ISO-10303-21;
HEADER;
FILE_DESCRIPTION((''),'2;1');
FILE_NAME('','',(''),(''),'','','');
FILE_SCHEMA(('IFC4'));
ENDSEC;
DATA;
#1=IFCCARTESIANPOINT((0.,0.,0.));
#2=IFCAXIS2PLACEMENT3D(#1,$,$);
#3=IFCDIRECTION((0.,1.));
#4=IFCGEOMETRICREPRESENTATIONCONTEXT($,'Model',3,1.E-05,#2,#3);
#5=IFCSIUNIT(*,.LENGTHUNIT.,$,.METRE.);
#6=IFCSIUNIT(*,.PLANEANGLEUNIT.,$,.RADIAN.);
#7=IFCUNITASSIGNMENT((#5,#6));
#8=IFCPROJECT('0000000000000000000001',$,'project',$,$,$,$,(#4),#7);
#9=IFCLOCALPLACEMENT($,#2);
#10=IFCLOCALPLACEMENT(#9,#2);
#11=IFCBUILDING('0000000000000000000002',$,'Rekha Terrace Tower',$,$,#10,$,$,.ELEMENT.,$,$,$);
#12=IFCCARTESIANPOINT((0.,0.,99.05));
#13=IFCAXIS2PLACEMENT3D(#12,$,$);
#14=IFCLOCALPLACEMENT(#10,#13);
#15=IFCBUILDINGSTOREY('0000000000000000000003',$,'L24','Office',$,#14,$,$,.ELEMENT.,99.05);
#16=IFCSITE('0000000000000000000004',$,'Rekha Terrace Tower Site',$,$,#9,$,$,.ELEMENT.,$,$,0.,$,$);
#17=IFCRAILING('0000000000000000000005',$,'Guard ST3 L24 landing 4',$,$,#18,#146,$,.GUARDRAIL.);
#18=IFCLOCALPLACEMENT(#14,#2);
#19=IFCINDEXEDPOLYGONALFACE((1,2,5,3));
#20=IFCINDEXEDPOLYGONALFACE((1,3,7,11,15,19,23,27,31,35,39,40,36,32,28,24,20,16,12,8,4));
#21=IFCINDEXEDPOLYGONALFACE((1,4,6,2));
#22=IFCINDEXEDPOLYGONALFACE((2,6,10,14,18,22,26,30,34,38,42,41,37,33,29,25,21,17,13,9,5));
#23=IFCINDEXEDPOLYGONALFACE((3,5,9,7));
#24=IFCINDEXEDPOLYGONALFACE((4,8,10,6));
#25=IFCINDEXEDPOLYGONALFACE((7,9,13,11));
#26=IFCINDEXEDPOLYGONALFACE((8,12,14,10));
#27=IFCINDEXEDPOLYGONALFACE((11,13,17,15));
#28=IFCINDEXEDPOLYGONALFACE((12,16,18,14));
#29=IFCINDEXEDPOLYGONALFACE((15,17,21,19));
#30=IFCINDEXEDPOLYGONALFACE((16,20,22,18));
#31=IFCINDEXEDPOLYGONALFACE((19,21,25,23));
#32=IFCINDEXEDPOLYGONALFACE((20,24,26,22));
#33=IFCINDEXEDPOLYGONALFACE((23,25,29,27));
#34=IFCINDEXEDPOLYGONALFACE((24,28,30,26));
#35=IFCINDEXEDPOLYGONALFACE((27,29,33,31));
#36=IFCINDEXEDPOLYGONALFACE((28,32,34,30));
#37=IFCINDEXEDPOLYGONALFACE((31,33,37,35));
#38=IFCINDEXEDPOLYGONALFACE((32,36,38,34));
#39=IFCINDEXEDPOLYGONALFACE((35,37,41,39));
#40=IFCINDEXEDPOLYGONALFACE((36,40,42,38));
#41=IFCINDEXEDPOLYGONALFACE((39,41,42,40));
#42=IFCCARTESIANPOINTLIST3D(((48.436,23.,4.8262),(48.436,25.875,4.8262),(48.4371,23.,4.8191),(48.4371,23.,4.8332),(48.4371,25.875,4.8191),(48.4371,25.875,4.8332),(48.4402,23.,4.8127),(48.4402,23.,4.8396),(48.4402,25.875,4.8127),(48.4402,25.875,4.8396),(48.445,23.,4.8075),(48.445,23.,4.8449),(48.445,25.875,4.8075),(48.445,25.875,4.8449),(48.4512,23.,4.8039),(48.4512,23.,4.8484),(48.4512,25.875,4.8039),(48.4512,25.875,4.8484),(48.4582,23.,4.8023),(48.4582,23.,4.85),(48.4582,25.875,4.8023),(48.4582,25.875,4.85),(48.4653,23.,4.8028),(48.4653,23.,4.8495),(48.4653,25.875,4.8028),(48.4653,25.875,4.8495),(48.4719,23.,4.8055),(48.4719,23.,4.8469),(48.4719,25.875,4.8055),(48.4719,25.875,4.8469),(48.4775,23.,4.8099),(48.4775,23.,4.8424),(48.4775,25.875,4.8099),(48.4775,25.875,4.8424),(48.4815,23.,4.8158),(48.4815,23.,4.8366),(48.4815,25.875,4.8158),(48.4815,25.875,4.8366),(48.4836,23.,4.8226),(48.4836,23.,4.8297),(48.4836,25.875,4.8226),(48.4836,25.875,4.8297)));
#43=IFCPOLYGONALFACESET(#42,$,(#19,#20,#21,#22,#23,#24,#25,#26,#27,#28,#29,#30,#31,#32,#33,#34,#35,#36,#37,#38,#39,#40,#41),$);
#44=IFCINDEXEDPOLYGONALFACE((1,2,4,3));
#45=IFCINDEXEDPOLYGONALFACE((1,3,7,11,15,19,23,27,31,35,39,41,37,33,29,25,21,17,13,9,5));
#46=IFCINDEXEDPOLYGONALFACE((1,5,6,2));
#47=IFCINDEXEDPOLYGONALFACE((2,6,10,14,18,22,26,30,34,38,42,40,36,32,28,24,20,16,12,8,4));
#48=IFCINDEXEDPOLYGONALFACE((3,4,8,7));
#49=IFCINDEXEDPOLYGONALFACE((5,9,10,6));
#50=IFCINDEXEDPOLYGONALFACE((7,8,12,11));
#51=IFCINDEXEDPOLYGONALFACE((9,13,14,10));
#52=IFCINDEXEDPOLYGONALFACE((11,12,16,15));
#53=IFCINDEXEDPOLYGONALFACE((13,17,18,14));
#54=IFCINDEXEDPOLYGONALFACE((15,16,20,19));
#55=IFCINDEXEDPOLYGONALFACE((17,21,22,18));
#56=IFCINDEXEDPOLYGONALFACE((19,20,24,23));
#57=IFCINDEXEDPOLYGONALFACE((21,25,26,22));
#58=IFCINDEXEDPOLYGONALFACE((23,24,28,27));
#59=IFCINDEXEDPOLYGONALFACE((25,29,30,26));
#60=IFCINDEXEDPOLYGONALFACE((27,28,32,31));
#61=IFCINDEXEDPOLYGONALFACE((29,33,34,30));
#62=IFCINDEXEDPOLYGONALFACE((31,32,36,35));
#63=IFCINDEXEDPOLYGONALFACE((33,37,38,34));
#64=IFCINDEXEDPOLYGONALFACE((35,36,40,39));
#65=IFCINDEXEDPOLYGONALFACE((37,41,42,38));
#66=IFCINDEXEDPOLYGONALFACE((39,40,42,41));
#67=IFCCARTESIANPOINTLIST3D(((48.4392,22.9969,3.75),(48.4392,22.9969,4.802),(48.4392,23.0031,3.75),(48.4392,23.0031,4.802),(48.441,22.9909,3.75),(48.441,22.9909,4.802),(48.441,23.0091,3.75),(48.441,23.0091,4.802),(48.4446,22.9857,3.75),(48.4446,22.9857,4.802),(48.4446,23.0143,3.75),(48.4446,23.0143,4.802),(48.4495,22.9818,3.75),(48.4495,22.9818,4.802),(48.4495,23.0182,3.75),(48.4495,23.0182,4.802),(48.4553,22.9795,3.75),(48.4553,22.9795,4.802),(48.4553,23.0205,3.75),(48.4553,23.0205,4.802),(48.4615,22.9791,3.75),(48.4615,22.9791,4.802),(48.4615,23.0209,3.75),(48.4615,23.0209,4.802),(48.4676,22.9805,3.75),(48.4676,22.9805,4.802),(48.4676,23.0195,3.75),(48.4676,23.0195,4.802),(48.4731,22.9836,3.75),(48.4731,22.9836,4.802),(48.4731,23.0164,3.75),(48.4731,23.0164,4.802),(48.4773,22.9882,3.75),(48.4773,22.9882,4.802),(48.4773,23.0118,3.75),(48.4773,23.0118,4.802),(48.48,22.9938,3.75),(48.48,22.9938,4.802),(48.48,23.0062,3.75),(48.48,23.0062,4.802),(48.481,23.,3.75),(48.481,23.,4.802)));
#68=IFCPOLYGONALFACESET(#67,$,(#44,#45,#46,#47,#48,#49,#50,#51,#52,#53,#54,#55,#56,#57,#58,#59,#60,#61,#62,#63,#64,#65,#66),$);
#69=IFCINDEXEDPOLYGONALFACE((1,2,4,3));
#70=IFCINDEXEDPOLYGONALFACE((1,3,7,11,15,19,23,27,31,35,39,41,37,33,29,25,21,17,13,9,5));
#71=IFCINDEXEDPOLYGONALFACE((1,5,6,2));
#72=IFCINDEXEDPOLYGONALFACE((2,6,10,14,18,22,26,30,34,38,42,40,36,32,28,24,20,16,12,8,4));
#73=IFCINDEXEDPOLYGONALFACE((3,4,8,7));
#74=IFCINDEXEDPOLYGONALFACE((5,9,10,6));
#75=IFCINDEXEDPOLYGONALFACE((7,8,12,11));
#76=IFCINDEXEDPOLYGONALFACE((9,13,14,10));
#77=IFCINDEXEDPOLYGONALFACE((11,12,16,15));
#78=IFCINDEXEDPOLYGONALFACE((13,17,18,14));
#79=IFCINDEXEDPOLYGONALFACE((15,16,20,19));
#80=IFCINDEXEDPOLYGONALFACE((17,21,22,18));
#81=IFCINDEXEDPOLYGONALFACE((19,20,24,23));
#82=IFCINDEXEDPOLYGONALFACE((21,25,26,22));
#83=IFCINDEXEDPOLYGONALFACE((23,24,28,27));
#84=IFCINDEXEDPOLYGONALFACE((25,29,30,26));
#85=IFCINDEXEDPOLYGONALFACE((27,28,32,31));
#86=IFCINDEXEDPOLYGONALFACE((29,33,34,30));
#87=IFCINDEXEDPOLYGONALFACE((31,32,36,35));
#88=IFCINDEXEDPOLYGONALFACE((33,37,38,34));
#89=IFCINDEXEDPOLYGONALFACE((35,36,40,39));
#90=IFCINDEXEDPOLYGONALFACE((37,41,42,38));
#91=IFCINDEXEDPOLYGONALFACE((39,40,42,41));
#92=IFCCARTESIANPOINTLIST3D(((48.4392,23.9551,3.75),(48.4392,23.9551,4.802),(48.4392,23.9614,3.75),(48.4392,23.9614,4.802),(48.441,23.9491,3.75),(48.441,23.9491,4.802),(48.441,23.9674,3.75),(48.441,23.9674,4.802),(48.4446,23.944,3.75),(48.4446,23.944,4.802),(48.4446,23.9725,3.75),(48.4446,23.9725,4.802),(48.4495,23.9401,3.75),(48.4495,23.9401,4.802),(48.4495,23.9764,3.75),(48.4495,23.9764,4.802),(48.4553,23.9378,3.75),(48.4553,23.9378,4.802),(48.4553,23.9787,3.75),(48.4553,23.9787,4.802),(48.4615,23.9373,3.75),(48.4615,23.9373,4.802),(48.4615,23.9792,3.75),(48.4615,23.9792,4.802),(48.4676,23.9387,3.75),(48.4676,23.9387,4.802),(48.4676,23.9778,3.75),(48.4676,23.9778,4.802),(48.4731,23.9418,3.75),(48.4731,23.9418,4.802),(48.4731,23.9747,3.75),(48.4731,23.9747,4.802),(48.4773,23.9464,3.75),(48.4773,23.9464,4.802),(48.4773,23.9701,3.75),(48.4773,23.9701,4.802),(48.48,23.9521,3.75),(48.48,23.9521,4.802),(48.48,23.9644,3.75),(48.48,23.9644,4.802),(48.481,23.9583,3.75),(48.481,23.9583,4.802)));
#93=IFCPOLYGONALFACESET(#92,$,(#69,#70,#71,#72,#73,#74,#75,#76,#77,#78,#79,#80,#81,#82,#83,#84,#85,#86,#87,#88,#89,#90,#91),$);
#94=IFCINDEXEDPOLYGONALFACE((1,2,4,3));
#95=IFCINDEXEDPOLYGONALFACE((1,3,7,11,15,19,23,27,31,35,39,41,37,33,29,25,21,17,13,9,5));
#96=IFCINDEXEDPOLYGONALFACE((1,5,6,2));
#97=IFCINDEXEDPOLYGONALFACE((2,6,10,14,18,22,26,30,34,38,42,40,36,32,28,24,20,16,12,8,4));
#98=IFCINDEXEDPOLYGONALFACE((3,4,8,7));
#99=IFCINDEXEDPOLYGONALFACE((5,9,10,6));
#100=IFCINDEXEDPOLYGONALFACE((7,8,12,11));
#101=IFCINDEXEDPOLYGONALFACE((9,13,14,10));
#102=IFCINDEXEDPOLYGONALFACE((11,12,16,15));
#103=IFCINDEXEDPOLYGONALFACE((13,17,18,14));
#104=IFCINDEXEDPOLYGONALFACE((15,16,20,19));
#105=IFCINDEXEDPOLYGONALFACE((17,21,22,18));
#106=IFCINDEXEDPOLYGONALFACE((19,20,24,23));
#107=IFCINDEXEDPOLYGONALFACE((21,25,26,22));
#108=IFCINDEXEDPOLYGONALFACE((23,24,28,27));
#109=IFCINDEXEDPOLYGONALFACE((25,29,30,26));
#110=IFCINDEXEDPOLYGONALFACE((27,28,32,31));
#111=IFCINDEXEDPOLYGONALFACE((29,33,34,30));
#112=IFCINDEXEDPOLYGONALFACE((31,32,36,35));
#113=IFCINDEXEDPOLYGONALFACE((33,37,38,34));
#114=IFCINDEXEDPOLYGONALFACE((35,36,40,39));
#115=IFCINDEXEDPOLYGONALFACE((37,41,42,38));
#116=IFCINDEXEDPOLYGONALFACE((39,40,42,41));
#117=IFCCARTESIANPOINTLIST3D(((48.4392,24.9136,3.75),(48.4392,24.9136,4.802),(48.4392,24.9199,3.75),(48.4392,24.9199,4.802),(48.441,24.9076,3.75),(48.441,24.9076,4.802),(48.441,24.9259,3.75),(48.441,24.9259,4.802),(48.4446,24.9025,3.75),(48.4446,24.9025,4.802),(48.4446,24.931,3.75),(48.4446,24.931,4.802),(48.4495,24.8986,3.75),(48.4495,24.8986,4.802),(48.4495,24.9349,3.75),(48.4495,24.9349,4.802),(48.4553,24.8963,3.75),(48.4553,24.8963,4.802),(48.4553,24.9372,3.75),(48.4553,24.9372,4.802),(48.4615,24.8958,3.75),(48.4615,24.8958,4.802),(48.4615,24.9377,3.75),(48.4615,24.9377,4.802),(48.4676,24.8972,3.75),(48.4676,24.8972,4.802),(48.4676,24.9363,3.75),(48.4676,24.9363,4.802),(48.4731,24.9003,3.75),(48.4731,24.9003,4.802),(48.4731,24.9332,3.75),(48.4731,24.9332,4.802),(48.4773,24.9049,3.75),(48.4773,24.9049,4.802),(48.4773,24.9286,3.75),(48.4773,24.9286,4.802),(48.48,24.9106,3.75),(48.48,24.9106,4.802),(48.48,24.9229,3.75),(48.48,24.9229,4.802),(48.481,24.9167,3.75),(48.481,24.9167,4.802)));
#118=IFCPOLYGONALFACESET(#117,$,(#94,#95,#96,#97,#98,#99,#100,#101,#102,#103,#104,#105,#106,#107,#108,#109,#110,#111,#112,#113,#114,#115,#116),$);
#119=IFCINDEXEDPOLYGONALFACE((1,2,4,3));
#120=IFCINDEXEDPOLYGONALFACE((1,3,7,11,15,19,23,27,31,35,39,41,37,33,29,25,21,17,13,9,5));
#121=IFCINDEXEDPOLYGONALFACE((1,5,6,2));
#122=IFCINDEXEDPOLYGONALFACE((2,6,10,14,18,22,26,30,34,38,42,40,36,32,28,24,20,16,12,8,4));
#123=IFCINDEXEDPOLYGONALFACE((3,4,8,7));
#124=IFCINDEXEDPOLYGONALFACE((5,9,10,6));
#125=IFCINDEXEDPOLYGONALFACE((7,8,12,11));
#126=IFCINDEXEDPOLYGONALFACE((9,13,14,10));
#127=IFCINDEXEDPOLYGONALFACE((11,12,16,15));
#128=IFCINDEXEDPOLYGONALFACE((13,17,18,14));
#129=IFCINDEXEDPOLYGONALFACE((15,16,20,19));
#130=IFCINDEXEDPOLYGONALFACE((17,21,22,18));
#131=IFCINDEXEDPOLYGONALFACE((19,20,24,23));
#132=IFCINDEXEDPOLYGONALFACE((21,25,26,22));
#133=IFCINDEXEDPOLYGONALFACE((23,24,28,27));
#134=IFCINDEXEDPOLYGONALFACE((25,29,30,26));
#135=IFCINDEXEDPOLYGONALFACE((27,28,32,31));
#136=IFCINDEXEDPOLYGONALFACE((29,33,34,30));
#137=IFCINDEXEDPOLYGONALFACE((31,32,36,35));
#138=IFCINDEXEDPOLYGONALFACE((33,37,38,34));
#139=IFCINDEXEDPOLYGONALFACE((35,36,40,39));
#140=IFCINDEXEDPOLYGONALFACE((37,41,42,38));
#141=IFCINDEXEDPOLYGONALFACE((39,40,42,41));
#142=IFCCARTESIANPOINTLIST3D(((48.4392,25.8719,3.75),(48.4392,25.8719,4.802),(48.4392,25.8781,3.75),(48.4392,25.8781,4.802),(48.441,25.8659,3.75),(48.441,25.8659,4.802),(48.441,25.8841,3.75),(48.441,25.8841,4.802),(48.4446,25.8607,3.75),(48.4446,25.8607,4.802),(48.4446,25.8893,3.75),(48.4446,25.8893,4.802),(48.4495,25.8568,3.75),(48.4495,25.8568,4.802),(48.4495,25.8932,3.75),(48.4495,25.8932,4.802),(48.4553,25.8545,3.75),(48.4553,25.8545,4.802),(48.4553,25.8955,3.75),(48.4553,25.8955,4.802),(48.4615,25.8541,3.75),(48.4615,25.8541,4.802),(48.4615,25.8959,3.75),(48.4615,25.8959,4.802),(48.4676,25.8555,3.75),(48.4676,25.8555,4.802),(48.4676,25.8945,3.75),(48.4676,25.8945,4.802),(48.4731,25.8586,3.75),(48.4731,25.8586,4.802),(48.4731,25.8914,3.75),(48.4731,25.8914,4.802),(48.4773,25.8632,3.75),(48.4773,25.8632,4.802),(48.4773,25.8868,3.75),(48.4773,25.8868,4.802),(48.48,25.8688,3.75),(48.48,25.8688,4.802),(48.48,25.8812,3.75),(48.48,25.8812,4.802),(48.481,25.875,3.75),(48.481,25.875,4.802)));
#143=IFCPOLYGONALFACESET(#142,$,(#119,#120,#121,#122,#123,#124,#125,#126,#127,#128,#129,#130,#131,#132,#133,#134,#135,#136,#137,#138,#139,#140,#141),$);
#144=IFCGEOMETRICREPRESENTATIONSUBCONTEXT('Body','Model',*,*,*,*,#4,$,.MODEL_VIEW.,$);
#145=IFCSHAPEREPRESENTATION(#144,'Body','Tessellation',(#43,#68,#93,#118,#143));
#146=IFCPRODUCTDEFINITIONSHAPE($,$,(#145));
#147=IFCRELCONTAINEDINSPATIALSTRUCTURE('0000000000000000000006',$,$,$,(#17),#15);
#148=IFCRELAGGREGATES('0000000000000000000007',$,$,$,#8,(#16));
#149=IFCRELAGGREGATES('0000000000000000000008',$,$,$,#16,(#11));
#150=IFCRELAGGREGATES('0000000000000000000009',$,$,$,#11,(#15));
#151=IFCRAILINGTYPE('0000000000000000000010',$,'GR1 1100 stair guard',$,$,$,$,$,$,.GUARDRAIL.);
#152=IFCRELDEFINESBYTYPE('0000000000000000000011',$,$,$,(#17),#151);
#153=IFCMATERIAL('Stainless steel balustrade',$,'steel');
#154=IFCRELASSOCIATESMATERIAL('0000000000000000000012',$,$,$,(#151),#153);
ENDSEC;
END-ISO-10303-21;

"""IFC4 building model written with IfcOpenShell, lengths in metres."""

from ifc_helpers import new_model, si_unit, direction, frame, origin, origin_2d, place, context, subcontext, project, spatial, circle, extrude, material, type_object, element, save


model = new_model("IFC4")

# Units and contexts
model_context = context("Model", 3, precision=1e-05, world=origin(), true_north=direction((0.0, 1.0)))
body_context = subcontext(model_context, "Body", "Model", "MODEL_VIEW")
ifc_project = project(units=[si_unit("LENGTHUNIT", "METRE"), si_unit("PLANEANGLEUNIT", "RADIAN")], contexts=[model_context])

# Site, building, storey
site_placement = place(None, origin())
site = spatial("IfcSite", under=ifc_project, at=site_placement, Name="Rekha Terrace Tower Site", CompositionType="ELEMENT", RefElevation=0.0)
building_placement = place(site_placement, origin())
building = spatial("IfcBuilding", under=site, at=building_placement, Name="Rekha Terrace Tower", CompositionType="ELEMENT")
storey_placement = place(building_placement, frame((0.0, 0.0, 99.05)))
storey = spatial("IfcBuildingStorey", under=building, at=storey_placement, Name="L24", Description="Office", CompositionType="ELEMENT", Elevation=99.05)

# Railing
ifc_material_1 = material(Name="Stainless steel balustrade", Category="steel")
railing_type_1 = type_object("IfcRailingType", Name="GR1 1100 stair guard", PredefinedType="GUARDRAIL", material=ifc_material_1)
railing_1_placement = place(storey_placement, frame((48.46, 23.0, 3.75)))
element("IfcRailing", 1, at=railing_1_placement, inside=storey, type_object=railing_type_1, Name="Guard ST3 L24 landing 4", PredefinedType="GUARDRAIL", context=body_context, shape_type="SweptSolid", body=[
    extrude(circle(Radius=0.0239, at=origin_2d()), frame((0.0, 0.0, 1.0762), z_axis=(0.0, 1.0, 0.0), x_axis=(-1.0, 0.0, 0.0)), (0.0, 0.0, 1.0), 2.875),
    extrude(circle(Radius=0.021, at=origin_2d()), origin(), (0.0, 0.0, 1.0), 1.052),
    extrude(circle(Radius=0.021, at=origin_2d()), frame((0.0, 0.9583, 0.0)), (0.0, 0.0, 1.0), 1.052),
    extrude(circle(Radius=0.021, at=origin_2d()), frame((0.0, 1.9167, 0.0)), (0.0, 0.0, 1.0), 1.052),
    extrude(circle(Radius=0.021, at=origin_2d()), frame((0.0, 2.875, 0.0)), (0.0, 0.0, 1.0), 1.052),
])

save(model, "model.ifc")
